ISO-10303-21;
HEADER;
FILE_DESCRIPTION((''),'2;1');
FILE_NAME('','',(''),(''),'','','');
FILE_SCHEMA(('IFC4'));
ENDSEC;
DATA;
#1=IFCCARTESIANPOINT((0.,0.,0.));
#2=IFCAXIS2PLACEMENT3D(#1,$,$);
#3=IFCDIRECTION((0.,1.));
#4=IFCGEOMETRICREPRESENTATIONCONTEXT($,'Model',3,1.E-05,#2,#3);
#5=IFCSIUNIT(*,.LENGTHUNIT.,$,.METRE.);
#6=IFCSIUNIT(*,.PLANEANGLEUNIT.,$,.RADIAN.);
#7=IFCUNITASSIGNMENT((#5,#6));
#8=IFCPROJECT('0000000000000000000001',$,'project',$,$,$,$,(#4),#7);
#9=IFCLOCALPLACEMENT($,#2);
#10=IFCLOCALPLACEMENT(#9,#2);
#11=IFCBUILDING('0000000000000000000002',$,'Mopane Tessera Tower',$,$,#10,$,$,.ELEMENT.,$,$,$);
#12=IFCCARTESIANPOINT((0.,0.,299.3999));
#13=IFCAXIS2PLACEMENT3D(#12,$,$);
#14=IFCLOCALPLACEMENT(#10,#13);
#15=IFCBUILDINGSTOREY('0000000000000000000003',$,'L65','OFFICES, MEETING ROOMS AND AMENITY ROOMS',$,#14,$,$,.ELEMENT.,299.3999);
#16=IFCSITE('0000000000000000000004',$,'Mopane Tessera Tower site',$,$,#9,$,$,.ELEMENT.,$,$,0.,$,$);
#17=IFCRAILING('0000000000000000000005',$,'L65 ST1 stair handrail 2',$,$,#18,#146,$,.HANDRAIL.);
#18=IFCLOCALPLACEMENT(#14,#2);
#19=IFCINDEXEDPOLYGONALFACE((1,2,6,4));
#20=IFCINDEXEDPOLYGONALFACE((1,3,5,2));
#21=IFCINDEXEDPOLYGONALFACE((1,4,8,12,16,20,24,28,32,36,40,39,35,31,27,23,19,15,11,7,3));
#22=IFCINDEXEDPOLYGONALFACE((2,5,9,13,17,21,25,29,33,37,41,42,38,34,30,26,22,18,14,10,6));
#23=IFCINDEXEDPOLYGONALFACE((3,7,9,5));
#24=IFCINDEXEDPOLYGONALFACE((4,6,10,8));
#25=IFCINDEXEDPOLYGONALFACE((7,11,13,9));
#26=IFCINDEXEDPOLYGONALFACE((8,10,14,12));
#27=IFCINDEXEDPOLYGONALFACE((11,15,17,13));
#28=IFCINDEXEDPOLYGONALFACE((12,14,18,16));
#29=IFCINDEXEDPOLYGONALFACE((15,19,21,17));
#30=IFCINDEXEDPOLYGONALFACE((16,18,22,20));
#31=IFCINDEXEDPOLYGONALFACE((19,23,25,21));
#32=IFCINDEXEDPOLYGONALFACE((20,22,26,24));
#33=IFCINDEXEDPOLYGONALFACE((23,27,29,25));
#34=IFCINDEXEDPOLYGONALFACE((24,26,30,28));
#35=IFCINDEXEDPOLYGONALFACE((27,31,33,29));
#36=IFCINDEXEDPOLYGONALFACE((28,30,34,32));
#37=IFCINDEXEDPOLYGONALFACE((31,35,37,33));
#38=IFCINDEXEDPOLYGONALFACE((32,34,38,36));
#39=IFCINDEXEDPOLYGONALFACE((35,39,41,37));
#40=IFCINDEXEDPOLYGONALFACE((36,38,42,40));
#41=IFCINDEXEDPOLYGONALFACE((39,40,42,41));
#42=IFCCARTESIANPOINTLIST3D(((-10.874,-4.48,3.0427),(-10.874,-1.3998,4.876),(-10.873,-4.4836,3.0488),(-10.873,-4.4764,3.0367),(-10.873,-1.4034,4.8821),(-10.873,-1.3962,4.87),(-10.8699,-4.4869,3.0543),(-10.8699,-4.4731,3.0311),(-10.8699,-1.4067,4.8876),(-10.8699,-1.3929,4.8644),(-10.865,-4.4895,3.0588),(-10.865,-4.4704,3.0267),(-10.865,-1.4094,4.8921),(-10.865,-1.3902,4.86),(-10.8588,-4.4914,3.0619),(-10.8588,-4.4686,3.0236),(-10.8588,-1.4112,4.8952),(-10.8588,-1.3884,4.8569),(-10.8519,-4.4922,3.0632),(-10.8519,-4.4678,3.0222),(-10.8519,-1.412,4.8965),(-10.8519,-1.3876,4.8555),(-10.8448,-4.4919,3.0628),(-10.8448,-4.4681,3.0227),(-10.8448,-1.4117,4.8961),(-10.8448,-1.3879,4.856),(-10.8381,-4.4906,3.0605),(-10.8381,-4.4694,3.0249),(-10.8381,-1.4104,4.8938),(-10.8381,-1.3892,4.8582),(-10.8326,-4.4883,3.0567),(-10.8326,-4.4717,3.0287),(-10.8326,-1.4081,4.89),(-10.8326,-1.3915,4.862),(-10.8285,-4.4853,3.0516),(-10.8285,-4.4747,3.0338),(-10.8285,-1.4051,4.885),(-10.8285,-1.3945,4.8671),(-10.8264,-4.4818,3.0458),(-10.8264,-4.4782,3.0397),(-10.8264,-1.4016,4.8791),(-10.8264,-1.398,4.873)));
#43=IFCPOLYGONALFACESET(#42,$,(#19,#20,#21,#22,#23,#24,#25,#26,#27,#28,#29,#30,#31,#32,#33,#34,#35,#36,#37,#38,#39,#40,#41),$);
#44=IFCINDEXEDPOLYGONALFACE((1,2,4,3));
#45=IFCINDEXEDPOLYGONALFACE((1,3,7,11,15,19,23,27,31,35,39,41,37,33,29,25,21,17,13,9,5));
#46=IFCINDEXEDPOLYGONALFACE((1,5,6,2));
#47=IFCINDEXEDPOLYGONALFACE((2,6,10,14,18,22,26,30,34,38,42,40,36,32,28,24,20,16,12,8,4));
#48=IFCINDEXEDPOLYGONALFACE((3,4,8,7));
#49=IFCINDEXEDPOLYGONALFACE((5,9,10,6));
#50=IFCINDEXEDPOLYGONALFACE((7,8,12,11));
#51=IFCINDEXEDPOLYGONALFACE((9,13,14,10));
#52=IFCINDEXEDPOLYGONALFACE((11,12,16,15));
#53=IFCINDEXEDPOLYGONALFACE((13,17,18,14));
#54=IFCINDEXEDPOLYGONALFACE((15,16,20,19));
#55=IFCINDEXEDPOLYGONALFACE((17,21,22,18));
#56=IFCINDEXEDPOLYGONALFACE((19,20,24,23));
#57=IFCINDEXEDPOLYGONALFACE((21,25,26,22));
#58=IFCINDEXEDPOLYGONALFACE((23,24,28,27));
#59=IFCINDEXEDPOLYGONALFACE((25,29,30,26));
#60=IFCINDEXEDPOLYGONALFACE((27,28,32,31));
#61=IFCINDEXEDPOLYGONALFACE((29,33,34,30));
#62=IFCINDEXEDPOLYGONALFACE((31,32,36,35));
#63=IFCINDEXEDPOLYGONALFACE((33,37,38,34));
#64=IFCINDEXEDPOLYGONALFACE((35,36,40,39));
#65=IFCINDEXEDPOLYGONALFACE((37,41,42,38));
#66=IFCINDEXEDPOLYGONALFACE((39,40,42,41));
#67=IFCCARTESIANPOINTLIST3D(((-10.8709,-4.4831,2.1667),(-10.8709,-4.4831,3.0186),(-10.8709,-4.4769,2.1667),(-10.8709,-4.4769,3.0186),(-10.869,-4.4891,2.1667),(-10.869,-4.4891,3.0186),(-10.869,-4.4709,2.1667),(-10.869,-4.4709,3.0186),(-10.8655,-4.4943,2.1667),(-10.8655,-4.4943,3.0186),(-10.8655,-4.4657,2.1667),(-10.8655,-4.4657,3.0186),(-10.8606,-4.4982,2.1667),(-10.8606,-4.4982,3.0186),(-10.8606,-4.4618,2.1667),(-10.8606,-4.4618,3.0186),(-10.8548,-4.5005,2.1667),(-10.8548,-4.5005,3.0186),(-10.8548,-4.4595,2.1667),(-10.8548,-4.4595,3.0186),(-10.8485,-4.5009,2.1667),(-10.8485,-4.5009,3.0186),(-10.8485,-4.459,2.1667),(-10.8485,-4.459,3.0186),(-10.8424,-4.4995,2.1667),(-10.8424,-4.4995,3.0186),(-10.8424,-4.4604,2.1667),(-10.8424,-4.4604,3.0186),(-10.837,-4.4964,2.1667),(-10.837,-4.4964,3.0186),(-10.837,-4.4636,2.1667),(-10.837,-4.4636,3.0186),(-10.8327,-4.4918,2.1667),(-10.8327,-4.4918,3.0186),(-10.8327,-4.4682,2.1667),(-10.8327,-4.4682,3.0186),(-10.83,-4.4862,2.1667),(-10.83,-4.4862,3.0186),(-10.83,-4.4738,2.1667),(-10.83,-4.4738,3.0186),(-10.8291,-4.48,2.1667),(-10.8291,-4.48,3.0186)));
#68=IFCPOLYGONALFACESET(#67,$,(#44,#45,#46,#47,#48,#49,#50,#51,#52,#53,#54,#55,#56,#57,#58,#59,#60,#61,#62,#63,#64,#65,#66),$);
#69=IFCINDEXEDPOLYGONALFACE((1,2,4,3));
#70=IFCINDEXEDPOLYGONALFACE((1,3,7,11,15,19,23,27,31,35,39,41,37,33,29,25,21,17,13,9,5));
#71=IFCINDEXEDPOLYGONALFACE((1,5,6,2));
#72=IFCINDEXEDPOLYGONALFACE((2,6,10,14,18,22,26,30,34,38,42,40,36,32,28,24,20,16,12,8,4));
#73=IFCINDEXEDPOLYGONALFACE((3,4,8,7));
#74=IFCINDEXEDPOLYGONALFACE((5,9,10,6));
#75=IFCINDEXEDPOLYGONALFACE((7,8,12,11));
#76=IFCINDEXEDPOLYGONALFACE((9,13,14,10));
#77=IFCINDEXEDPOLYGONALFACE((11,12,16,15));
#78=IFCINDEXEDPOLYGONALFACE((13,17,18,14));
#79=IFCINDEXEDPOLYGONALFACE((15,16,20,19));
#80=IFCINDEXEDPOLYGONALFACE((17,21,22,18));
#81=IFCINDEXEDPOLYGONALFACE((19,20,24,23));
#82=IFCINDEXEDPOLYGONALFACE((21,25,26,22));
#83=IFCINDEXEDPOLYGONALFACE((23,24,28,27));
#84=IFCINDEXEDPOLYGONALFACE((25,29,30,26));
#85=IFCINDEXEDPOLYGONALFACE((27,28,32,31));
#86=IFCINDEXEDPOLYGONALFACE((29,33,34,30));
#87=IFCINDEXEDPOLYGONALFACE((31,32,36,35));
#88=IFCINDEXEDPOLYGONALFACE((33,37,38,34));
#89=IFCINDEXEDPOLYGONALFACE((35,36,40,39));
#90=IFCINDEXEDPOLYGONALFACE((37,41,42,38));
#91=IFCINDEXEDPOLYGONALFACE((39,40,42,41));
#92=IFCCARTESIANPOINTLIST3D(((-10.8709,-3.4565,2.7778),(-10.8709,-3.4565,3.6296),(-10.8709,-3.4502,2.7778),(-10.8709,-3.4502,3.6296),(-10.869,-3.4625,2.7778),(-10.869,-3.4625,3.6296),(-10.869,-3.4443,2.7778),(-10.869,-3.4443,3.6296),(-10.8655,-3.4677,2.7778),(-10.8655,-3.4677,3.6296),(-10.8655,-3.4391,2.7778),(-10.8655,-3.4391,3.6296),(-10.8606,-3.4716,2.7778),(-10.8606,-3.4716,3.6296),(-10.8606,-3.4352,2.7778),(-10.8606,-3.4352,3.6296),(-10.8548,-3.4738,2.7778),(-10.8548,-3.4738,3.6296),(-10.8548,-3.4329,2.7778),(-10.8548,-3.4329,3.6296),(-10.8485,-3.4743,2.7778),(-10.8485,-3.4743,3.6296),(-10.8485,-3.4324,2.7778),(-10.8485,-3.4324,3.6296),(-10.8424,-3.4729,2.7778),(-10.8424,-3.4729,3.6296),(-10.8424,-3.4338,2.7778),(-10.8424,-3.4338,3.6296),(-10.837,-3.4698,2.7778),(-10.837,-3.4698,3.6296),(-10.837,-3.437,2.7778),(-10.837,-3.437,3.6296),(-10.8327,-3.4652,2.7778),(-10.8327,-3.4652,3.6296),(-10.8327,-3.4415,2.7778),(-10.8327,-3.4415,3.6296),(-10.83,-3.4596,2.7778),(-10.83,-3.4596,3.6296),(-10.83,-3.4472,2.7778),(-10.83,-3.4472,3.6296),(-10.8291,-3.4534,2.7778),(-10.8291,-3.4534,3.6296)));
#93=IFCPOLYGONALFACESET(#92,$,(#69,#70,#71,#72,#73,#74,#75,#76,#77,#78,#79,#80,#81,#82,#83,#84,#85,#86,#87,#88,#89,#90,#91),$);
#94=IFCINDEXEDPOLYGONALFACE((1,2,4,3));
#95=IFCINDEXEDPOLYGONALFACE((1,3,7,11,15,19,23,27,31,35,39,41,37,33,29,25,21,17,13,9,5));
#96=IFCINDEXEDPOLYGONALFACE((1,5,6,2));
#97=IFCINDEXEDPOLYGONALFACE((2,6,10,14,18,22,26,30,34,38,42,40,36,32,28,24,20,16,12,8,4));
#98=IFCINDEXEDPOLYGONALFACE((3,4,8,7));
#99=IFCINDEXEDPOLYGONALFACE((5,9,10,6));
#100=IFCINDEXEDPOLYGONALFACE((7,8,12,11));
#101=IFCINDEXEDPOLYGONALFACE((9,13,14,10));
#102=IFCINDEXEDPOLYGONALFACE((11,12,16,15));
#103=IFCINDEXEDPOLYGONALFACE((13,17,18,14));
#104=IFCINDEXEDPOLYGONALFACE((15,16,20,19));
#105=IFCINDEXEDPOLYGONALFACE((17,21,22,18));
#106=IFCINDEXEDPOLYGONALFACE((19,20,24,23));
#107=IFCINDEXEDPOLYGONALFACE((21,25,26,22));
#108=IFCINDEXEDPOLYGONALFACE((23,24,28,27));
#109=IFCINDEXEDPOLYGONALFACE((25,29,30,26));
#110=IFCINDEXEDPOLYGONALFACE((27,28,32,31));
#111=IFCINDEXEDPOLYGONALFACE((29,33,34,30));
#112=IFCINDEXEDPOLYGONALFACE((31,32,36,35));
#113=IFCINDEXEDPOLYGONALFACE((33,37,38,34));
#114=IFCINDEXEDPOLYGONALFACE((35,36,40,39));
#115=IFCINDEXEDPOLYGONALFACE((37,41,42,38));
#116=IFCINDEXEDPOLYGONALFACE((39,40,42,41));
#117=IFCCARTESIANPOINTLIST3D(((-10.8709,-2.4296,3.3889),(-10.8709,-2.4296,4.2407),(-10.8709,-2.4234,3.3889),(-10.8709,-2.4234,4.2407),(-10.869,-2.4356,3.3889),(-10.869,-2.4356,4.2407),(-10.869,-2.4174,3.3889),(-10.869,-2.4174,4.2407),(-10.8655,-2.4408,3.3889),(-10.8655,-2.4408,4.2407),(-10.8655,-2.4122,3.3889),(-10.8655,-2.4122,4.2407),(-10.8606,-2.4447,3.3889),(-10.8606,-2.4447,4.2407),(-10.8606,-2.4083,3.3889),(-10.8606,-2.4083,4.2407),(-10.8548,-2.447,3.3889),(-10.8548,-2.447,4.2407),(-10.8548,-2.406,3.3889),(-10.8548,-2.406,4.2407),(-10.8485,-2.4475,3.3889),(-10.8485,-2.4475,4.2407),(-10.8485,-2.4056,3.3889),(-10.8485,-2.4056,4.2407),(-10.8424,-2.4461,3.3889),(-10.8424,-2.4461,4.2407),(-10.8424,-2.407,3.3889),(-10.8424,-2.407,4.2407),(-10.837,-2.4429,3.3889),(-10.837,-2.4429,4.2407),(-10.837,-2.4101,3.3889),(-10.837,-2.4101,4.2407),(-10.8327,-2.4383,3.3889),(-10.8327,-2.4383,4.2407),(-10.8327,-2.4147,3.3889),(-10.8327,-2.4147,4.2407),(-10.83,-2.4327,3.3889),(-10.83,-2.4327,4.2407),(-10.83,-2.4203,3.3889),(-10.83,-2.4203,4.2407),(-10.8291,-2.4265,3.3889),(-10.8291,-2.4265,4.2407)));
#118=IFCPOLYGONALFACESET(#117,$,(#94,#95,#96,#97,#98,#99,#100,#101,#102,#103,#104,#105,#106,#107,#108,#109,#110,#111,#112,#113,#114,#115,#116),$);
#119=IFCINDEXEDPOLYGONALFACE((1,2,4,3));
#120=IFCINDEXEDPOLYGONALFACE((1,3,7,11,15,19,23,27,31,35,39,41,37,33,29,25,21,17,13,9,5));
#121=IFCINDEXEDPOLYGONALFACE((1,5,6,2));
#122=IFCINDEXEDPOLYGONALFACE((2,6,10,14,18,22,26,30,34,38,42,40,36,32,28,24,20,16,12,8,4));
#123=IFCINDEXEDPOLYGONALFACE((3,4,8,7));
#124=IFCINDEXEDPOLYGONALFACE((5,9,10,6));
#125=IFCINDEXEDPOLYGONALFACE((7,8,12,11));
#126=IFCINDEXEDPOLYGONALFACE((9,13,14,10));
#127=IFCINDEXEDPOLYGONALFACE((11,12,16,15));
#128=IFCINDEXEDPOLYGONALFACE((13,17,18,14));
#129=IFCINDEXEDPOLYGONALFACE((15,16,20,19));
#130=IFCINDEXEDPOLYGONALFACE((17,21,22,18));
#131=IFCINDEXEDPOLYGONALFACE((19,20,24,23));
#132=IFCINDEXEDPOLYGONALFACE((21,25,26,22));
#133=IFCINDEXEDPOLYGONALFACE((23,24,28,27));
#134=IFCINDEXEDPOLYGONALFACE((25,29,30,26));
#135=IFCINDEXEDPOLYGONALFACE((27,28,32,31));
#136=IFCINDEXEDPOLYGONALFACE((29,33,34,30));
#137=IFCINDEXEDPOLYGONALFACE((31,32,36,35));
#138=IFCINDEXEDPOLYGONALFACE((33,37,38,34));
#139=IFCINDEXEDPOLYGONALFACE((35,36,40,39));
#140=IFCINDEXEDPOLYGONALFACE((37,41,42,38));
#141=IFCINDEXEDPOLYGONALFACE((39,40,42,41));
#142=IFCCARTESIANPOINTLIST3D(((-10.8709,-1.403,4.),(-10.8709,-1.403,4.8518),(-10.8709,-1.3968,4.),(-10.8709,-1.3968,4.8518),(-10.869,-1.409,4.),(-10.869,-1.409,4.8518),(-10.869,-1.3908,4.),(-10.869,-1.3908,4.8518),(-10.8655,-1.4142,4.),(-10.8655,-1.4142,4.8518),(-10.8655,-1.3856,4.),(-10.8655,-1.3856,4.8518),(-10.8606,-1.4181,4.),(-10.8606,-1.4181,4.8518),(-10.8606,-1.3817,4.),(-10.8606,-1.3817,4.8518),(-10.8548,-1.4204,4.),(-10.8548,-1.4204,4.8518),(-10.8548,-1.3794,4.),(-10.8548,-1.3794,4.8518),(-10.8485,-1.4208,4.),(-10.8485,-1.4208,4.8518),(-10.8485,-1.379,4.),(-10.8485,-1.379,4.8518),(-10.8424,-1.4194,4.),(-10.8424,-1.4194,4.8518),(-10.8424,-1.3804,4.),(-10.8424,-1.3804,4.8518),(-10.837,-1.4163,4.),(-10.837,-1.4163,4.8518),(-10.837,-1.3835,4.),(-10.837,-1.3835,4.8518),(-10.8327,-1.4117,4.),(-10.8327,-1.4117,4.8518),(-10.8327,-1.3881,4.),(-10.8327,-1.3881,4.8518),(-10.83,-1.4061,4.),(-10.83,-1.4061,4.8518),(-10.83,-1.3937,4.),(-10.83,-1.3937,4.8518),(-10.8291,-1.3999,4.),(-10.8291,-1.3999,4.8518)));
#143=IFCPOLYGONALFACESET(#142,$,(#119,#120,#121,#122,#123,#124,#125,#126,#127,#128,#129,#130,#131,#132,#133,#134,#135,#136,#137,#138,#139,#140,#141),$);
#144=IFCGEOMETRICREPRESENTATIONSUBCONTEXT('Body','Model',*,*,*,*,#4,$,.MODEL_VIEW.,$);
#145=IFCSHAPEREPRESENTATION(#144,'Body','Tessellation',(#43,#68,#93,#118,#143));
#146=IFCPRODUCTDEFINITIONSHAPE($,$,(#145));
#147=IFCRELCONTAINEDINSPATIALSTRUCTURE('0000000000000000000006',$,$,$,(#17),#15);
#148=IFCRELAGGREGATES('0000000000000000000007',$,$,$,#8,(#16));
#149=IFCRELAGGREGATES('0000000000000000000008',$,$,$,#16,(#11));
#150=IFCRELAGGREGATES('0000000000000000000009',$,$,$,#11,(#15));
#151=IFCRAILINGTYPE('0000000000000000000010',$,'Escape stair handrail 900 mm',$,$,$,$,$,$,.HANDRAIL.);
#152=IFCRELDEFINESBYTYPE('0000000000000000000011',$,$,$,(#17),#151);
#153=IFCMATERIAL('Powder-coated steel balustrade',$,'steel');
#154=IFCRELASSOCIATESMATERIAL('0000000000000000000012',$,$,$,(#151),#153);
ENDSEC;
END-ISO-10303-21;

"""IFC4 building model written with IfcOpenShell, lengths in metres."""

from ifc_helpers import new_model, si_unit, direction, frame, origin, origin_2d, place, context, subcontext, project, spatial, circle, extrude, material, type_object, element, save


model = new_model("IFC4")

# Units and contexts
model_context = context("Model", 3, precision=1e-05, world=origin(), true_north=direction((0.0, 1.0)))
body_context = subcontext(model_context, "Body", "Model", "MODEL_VIEW")
ifc_project = project(units=[si_unit("LENGTHUNIT", "METRE"), si_unit("PLANEANGLEUNIT", "RADIAN")], contexts=[model_context])

# Site, building, storey
site_placement = place(None, origin())
site = spatial("IfcSite", under=ifc_project, at=site_placement, Name="Mopane Tessera Tower site", CompositionType="ELEMENT", RefElevation=0.0)
building_placement = place(site_placement, origin())
building = spatial("IfcBuilding", under=site, at=building_placement, Name="Mopane Tessera Tower", CompositionType="ELEMENT")
storey_placement = place(building_placement, frame((0.0, 0.0, 299.3999)))
storey = spatial("IfcBuildingStorey", under=building, at=storey_placement, Name="L65", Description="OFFICES, MEETING ROOMS AND AMENITY ROOMS", CompositionType="ELEMENT", Elevation=299.3999)

# Railing
ifc_material_1 = material(Name="Powder-coated steel balustrade", Category="steel")
railing_type_1 = type_object("IfcRailingType", Name="Escape stair handrail 900 mm", PredefinedType="HANDRAIL", material=ifc_material_1)
railing_1_placement = place(storey_placement, frame((-10.8501, -4.48, 2.1667)))
element("IfcRailing", 1, at=railing_1_placement, inside=storey, type_object=railing_type_1, Name="L65 ST1 stair handrail 2", PredefinedType="HANDRAIL", context=body_context, shape_type="SweptSolid", body=[
    extrude(circle(Radius=0.0239, at=origin_2d()), frame((0.0, 0.0, 0.876), z_axis=(0.0, 0.859309, 0.511458), x_axis=(-1.0, 0.0, 0.0)), (0.0, 0.0, 1.0), 3.5845),
    extrude(circle(Radius=0.021, at=origin_2d()), origin(), (0.0, 0.0, 1.0), 0.8518),
    extrude(circle(Radius=0.021, at=origin_2d()), frame((0.0, 1.0266, 0.6111)), (0.0, 0.0, 1.0), 0.8518),
    extrude(circle(Radius=0.021, at=origin_2d()), frame((0.0, 2.0535, 1.2222)), (0.0, 0.0, 1.0), 0.8518),
    extrude(circle(Radius=0.021, at=origin_2d()), frame((0.0, 3.0801, 1.8333)), (0.0, 0.0, 1.0), 0.8518),
])

save(model, "model.ifc")
